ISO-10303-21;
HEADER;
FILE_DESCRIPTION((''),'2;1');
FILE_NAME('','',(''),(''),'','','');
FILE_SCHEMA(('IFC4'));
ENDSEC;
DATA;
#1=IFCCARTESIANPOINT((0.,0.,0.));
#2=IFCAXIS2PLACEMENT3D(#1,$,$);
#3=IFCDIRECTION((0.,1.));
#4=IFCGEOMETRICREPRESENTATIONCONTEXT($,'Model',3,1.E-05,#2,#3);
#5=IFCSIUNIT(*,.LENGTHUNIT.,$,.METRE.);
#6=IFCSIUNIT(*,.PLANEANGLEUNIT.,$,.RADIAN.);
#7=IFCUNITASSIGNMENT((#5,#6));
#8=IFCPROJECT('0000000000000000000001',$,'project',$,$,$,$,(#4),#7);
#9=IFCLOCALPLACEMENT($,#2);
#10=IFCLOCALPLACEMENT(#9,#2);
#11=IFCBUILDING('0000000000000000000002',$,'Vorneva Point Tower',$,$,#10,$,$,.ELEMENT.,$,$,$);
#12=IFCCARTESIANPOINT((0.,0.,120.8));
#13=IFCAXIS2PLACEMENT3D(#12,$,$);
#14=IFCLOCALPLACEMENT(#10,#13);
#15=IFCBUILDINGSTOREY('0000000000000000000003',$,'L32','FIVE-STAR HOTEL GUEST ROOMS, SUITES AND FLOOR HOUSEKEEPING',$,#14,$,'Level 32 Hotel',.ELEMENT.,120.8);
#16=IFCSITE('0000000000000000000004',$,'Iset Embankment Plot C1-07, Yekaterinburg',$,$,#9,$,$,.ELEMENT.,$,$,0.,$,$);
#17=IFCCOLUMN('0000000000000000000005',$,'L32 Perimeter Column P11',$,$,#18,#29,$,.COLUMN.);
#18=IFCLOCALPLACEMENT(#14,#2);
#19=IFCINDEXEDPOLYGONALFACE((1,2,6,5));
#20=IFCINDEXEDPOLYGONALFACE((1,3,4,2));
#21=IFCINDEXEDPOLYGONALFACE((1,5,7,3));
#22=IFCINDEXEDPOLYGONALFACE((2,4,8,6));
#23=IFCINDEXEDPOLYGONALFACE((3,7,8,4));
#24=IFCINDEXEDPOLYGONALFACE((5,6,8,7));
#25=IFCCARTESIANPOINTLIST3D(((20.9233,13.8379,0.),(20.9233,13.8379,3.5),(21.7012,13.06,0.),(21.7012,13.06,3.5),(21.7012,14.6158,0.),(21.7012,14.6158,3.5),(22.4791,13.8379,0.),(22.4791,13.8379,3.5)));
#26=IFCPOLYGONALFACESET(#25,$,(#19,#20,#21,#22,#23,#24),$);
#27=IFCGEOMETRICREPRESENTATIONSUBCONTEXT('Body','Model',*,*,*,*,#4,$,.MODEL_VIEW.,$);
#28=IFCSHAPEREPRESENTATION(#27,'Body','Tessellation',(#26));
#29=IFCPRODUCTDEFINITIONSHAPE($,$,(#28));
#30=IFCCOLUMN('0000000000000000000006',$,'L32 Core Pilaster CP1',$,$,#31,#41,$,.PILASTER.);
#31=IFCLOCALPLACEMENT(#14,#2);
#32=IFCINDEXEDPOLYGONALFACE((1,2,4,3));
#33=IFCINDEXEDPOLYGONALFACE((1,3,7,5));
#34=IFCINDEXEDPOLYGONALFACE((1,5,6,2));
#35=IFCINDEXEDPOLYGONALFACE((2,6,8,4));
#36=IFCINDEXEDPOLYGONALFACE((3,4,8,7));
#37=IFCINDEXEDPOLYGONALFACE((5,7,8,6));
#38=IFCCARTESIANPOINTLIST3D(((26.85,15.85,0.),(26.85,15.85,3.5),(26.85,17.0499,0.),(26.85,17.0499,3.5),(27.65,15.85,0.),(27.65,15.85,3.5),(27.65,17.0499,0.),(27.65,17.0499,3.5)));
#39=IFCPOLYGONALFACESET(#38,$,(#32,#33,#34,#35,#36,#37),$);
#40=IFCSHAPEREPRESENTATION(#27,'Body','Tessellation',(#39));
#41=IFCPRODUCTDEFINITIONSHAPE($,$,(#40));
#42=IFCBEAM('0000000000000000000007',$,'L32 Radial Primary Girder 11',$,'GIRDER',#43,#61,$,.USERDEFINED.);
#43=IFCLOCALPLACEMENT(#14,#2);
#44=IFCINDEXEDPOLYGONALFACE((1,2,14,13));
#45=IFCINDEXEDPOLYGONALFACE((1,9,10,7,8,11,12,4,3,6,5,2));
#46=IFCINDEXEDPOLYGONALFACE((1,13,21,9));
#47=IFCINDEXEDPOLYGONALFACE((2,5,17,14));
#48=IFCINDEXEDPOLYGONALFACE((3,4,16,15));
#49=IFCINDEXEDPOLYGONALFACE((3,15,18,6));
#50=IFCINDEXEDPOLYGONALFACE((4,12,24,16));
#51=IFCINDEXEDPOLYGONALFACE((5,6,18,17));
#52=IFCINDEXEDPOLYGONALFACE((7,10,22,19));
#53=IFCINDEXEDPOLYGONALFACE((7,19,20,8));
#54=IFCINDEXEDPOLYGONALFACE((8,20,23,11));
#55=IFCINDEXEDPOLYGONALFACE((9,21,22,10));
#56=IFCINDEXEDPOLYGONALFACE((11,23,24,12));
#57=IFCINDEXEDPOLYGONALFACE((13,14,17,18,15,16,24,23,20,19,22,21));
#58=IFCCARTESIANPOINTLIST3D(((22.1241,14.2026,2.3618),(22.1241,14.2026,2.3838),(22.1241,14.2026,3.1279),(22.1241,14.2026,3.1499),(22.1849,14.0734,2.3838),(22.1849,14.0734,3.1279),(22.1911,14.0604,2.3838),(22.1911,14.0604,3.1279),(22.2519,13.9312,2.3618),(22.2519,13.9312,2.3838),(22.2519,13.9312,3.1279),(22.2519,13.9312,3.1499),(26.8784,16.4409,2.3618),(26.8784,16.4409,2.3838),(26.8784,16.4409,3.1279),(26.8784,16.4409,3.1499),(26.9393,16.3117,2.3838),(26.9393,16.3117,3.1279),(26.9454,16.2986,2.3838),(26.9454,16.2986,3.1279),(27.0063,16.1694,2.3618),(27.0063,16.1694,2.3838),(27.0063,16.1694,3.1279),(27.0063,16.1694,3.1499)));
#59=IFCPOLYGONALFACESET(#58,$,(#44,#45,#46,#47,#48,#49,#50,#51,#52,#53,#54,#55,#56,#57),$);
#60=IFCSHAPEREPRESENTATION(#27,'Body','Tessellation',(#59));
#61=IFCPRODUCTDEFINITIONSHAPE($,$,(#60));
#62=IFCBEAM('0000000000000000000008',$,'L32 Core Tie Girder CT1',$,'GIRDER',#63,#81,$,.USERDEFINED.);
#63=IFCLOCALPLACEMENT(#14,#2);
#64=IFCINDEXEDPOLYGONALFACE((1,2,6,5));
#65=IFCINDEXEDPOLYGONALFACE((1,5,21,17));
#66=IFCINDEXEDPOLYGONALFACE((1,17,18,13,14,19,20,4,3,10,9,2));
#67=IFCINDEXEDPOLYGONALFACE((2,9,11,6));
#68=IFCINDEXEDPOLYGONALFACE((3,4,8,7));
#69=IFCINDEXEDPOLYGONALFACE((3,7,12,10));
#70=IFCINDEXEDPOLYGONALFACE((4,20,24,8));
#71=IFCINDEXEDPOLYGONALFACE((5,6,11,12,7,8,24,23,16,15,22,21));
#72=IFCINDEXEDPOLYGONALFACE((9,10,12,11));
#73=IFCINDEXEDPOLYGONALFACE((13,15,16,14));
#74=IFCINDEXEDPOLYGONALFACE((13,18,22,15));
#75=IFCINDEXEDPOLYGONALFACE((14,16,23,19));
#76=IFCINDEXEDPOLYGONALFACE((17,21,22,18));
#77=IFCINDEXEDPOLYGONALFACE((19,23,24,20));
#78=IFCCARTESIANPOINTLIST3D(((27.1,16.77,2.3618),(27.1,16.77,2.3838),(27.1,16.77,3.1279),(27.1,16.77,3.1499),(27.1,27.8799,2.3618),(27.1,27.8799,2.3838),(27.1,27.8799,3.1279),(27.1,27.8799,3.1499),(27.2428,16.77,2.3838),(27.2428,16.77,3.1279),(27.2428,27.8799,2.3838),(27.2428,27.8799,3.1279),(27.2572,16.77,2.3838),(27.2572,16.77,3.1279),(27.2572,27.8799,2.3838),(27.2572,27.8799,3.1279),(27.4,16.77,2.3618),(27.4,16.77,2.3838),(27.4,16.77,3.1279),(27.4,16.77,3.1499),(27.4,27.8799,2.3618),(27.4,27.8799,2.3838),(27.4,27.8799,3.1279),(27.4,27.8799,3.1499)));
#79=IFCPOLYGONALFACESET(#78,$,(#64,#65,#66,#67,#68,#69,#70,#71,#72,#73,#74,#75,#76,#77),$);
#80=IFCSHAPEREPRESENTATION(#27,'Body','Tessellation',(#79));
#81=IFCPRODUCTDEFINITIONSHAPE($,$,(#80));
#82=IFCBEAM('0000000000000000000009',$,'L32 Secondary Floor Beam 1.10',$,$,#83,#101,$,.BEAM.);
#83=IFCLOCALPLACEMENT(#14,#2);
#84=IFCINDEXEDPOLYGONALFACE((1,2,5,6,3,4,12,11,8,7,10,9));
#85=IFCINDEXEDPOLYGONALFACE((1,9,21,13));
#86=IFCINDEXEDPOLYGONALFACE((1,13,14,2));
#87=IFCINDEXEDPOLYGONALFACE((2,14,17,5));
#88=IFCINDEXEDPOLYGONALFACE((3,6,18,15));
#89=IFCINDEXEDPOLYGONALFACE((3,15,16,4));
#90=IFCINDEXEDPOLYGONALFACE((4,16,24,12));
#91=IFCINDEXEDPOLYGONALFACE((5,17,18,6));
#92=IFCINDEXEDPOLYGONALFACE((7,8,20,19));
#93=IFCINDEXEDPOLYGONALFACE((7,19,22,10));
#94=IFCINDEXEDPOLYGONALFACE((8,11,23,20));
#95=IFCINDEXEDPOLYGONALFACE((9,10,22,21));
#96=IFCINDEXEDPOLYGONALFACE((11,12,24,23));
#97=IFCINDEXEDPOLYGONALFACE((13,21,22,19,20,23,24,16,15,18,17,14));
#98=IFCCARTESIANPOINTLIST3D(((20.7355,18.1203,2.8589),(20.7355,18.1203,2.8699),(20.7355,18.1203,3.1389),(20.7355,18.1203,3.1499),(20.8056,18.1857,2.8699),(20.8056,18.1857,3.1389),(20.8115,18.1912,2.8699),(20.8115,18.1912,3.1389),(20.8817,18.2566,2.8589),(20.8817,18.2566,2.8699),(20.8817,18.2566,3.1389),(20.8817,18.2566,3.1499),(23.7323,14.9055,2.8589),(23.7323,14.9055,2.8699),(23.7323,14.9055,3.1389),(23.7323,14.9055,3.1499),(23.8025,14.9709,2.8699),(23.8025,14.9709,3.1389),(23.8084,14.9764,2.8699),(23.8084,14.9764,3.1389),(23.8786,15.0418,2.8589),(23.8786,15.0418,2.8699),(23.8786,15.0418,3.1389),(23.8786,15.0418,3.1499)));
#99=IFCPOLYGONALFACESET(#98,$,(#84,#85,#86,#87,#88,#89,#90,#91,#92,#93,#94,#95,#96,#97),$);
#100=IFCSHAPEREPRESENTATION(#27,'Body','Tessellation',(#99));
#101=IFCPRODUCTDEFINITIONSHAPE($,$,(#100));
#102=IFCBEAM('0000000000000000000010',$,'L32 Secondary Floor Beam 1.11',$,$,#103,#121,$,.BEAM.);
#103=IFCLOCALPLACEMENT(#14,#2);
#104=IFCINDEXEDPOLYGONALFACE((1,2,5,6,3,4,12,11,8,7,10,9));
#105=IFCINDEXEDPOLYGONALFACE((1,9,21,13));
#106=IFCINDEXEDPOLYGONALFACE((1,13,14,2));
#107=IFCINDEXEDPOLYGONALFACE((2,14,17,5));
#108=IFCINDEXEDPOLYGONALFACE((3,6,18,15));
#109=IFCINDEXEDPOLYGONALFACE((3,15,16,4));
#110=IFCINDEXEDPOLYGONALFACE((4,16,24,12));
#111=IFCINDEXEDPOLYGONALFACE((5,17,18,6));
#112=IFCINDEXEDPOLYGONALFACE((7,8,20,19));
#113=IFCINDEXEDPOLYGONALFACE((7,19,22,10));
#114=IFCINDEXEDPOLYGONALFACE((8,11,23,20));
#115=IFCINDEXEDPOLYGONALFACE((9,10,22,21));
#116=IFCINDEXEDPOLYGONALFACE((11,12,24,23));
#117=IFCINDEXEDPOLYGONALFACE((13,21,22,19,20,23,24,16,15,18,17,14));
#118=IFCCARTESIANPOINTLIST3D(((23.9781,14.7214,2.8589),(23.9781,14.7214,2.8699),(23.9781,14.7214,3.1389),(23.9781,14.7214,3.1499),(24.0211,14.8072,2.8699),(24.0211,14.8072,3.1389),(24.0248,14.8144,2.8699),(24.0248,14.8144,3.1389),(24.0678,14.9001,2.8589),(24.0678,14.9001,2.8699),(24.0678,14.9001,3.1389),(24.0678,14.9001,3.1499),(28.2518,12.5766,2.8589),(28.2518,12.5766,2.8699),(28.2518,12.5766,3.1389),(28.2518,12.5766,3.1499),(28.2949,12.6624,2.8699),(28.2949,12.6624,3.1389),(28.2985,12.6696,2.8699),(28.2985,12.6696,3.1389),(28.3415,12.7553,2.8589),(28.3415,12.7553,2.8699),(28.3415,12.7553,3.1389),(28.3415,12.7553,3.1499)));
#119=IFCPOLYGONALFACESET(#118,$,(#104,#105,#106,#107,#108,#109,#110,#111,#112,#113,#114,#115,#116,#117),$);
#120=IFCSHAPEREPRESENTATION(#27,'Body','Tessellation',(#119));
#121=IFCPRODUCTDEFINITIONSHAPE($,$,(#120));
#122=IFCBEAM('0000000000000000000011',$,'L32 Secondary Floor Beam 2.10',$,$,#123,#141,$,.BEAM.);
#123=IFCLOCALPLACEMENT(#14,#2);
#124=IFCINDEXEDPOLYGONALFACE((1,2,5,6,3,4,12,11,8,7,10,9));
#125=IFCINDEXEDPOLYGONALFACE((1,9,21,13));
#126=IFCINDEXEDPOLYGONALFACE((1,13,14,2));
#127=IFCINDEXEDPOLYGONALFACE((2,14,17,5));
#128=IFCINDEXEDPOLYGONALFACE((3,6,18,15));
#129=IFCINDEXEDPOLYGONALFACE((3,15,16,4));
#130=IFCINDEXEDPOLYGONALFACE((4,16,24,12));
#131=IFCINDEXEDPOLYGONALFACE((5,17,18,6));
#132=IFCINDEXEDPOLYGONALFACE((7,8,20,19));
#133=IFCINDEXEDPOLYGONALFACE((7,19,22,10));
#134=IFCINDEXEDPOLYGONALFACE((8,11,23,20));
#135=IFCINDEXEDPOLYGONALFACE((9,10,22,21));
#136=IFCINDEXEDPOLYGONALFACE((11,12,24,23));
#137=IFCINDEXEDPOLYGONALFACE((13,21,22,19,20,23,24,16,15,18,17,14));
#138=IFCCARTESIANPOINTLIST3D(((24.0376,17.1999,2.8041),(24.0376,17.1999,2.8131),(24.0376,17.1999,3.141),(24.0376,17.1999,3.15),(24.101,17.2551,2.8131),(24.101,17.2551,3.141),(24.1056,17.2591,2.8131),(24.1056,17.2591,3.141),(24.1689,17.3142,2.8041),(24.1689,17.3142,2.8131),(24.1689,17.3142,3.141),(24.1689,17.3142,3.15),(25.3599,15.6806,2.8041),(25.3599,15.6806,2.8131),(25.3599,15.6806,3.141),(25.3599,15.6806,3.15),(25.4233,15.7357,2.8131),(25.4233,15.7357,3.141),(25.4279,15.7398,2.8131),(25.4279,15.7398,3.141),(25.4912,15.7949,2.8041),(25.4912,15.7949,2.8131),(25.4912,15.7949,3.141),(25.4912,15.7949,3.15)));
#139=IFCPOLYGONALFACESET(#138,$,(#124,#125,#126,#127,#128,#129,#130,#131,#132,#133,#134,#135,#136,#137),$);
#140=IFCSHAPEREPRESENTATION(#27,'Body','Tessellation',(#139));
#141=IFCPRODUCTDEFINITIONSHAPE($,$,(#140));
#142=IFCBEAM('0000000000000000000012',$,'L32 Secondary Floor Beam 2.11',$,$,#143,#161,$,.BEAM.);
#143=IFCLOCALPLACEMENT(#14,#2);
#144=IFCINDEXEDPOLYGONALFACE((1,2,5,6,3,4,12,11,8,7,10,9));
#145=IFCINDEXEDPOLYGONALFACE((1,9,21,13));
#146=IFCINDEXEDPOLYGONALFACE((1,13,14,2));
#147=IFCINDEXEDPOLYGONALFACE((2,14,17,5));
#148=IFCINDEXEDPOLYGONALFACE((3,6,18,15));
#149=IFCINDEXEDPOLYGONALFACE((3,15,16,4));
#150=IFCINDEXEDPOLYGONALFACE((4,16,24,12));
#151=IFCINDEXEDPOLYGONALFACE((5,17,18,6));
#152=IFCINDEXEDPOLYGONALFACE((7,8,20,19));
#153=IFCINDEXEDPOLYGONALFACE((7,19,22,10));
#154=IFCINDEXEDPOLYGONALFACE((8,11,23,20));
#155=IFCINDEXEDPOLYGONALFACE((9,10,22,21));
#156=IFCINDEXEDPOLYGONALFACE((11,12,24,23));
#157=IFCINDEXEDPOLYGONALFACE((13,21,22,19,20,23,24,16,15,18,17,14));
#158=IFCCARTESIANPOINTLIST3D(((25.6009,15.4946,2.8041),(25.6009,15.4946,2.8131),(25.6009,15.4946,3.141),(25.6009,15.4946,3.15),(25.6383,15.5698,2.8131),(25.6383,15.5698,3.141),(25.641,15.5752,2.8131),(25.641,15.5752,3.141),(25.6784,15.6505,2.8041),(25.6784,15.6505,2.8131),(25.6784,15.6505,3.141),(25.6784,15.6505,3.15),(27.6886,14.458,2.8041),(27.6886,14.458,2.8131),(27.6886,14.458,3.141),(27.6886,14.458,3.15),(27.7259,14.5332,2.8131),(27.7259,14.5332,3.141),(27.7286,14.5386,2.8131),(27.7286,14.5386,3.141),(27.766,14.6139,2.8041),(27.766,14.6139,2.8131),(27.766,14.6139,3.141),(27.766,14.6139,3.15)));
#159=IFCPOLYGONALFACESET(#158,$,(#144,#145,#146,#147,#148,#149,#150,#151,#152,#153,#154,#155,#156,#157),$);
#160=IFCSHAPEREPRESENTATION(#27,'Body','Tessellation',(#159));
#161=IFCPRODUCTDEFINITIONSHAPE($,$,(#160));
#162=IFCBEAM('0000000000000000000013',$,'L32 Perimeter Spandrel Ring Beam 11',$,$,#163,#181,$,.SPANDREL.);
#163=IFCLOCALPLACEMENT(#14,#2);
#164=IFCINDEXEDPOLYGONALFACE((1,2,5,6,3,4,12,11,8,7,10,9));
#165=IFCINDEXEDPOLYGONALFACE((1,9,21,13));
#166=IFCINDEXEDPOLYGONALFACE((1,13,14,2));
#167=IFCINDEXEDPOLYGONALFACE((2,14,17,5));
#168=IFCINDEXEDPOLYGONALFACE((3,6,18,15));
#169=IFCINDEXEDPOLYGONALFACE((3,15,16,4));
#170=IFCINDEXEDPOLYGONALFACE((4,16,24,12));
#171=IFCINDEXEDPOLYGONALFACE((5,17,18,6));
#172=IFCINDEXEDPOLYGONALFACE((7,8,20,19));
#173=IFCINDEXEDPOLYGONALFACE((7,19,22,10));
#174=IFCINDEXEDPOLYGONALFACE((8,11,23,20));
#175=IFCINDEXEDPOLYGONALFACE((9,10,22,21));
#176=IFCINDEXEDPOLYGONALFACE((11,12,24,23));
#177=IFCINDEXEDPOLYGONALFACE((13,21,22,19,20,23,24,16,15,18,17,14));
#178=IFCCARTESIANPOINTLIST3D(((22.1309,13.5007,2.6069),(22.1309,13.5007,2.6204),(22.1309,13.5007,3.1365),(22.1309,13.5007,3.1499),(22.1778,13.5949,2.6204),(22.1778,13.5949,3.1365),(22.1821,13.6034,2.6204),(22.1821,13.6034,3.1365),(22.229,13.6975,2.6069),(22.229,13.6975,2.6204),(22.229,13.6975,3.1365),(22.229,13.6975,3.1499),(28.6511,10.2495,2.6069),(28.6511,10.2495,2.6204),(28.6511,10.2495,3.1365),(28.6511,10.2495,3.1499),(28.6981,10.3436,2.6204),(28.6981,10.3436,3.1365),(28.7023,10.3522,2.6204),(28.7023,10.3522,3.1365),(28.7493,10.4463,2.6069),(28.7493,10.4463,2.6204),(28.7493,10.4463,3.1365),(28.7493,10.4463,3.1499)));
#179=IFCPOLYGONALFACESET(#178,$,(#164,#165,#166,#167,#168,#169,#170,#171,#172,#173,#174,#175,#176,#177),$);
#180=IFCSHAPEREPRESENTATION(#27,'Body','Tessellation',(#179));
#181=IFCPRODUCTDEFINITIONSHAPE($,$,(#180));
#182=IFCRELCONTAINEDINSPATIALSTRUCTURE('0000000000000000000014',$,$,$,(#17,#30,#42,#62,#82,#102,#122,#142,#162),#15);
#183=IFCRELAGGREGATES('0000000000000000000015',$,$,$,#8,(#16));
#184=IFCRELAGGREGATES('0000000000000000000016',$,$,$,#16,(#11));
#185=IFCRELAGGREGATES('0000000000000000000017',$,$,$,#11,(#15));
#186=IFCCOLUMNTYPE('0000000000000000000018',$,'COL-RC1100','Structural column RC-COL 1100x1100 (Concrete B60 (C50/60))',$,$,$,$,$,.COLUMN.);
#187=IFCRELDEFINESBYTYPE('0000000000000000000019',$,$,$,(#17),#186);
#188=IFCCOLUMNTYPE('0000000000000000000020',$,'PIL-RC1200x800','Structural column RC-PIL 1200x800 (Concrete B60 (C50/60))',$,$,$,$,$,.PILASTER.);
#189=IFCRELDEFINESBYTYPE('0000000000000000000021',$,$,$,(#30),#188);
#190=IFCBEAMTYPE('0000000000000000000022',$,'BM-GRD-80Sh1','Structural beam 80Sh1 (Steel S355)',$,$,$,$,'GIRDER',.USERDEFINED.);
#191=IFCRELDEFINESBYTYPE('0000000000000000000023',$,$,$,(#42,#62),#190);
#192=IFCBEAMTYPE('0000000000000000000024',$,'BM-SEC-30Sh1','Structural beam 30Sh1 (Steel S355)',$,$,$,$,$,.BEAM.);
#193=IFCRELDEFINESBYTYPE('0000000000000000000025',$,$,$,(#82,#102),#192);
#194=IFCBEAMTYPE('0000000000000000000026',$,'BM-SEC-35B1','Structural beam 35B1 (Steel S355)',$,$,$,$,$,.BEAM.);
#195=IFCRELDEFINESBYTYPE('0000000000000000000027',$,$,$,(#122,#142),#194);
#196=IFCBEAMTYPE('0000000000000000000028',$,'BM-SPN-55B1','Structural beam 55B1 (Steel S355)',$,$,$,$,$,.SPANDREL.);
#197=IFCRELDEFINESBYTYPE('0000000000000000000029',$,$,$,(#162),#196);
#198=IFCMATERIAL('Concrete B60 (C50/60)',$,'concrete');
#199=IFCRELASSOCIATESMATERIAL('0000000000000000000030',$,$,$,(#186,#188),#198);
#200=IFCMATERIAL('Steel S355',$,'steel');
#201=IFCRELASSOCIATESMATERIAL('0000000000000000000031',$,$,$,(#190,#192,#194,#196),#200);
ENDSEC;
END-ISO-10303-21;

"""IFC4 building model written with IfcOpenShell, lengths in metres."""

from ifc_helpers import new_model, si_unit, direction, frame, origin, origin_2d, place, context, subcontext, project, spatial, rectangle, i_section, extrude, material, material_profile, profile_set, type_object, element, save


model = new_model("IFC4")

# Units and contexts
model_context = context("Model", 3, precision=1e-05, world=origin(), true_north=direction((0.0, 1.0)))
body_context = subcontext(model_context, "Body", "Model", "MODEL_VIEW")
ifc_project = project(units=[si_unit("LENGTHUNIT", "METRE"), si_unit("PLANEANGLEUNIT", "RADIAN")], contexts=[model_context])

# Site, building, storey
site_placement = place(None, origin())
site = spatial("IfcSite", under=ifc_project, at=site_placement, Name="Iset Embankment Plot C1-07, Yekaterinburg", CompositionType="ELEMENT", RefElevation=0.0)
building_placement = place(site_placement, origin())
building = spatial("IfcBuilding", under=site, at=building_placement, Name="Vorneva Point Tower", CompositionType="ELEMENT")
storey_placement = place(building_placement, frame((0.0, 0.0, 120.8)))
storey = spatial("IfcBuildingStorey", under=building, at=storey_placement, Name="L32", Description="FIVE-STAR HOTEL GUEST ROOMS, SUITES AND FLOOR HOUSEKEEPING", LongName="Level 32 Hotel", CompositionType="ELEMENT", Elevation=120.8)

# Columns
ifc_material_1 = material(Name="Concrete B60 (C50/60)", Category="concrete")
ifc_material_profile_1 = material_profile(ifc_material_1, rectangle(XDim=1.1001, YDim=1.1001, at=origin_2d()), Name="RC-COL 1100x1100")
ifc_profile_set_1 = profile_set([ifc_material_profile_1], Name="Concrete B60 (C50/60)")
column_type_1 = type_object("IfcColumnType", Name="COL-RC1100", Description="Structural column RC-COL 1100x1100 (Concrete B60 (C50/60))", PredefinedType="COLUMN", material=ifc_profile_set_1)
column_1_placement = place(storey_placement, frame((21.7012, 13.8379, 0.0), z_axis=(0.0, 0.0, 1.0), x_axis=(-0.707107, -0.707107, 0.0)))
element("IfcColumn", 1, at=column_1_placement, inside=storey, type_object=column_type_1, Name="L32 Perimeter Column P11", PredefinedType="COLUMN", context=body_context, shape_type="SweptSolid", body=[
    extrude(rectangle(XDim=1.1001, YDim=1.1001, at=origin_2d()), origin(), (0.0, 0.0, 1.0), 3.5),
])
ifc_material_profile_2 = material_profile(ifc_material_1, rectangle(XDim=0.8, YDim=1.2, at=origin_2d()), Name="RC-PIL 1200x800")
ifc_profile_set_2 = profile_set([ifc_material_profile_2], Name="Concrete B60 (C50/60)")
column_type_2 = type_object("IfcColumnType", Name="PIL-RC1200x800", Description="Structural column RC-PIL 1200x800 (Concrete B60 (C50/60))", PredefinedType="PILASTER", material=ifc_profile_set_2)
column_2_placement = place(storey_placement, frame((27.25, 16.45, 0.0), z_axis=(0.0, 0.0, 1.0), x_axis=(1.0, 0.0, 0.0)))
element("IfcColumn", 2, at=column_2_placement, inside=storey, type_object=column_type_2, Name="L32 Core Pilaster CP1", PredefinedType="PILASTER", context=body_context, shape_type="SweptSolid", body=[
    extrude(rectangle(XDim=0.8, YDim=1.2, at=origin_2d()), origin(), (0.0, 0.0, 1.0), 3.5),
])

# Beams
ifc_material_2 = material(Name="Steel S355", Category="steel")
ifc_material_profile_3 = material_profile(ifc_material_2, i_section(OverallWidth=0.3, OverallDepth=0.7881, WebThickness=0.0144, FlangeThickness=0.022, at=origin_2d()), Name="80Sh1")
ifc_profile_set_3 = profile_set([ifc_material_profile_3], Name="Steel S355")
beam_type_1 = type_object("IfcBeamType", Name="BM-GRD-80Sh1", Description="Structural beam 80Sh1 (Steel S355)", ElementType="GIRDER", PredefinedType="USERDEFINED", material=ifc_profile_set_3)
beam_1_placement = place(storey_placement, frame((22.188, 14.0669, 2.7559), z_axis=(0.904751, 0.42594, 0.0), x_axis=(-0.42594, 0.904751, 0.0)))
element("IfcBeam", 3, at=beam_1_placement, inside=storey, type_object=beam_type_1, Name="L32 Radial Primary Girder 11", ObjectType="GIRDER", PredefinedType="USERDEFINED", context=body_context, shape_type="SweptSolid", body=[
    extrude(i_section(OverallWidth=0.3, OverallDepth=0.7881, WebThickness=0.0144, FlangeThickness=0.022, at=origin_2d()), origin(), (0.0, 0.0, 1.0), 5.2549),
])
beam_2_placement = place(storey_placement, frame((27.25, 16.77, 2.7559), z_axis=(0.0, 1.0, 0.0), x_axis=(-1.0, 0.0, 0.0)))
element("IfcBeam", 4, at=beam_2_placement, inside=storey, type_object=beam_type_1, Name="L32 Core Tie Girder CT1", ObjectType="GIRDER", PredefinedType="USERDEFINED", context=body_context, shape_type="SweptSolid", body=[
    extrude(i_section(OverallWidth=0.3, OverallDepth=0.7881, WebThickness=0.0144, FlangeThickness=0.022, at=origin_2d()), origin(), (0.0, 0.0, 1.0), 11.1099),
])
ifc_material_profile_4 = material_profile(ifc_material_2, i_section(OverallWidth=0.2, OverallDepth=0.291, WebThickness=0.0081, FlangeThickness=0.011, at=origin_2d()), Name="30Sh1")
ifc_profile_set_4 = profile_set([ifc_material_profile_4], Name="Steel S355")
beam_type_2 = type_object("IfcBeamType", Name="BM-SEC-30Sh1", Description="Structural beam 30Sh1 (Steel S355)", PredefinedType="BEAM", material=ifc_profile_set_4)
beam_3_placement = place(storey_placement, frame((20.8086, 18.1885, 3.0044), z_axis=(0.681869, -0.731474, 0.0), x_axis=(0.731474, 0.681869, 0.0)))
element("IfcBeam", 5, at=beam_3_placement, inside=storey, type_object=beam_type_2, Name="L32 Secondary Floor Beam 1.10", PredefinedType="BEAM", context=body_context, shape_type="SweptSolid", body=[
    extrude(i_section(OverallWidth=0.2, OverallDepth=0.291, WebThickness=0.0081, FlangeThickness=0.011, at=origin_2d()), origin(), (0.0, 0.0, 1.0), 4.395),
])
beam_4_placement = place(storey_placement, frame((24.0229, 14.8108, 3.0044), z_axis=(0.893762, -0.448541, 0.0), x_axis=(0.448541, 0.893762, 0.0)))
element("IfcBeam", 6, at=beam_4_placement, inside=storey, type_object=beam_type_2, Name="L32 Secondary Floor Beam 1.11", PredefinedType="BEAM", context=body_context, shape_type="SweptSolid", body=[
    extrude(i_section(OverallWidth=0.2, OverallDepth=0.291, WebThickness=0.0081, FlangeThickness=0.011, at=origin_2d()), origin(), (0.0, 0.0, 1.0), 4.7817),
])
ifc_material_profile_5 = material_profile(ifc_material_2, i_section(OverallWidth=0.1741, OverallDepth=0.3459, WebThickness=0.0061, FlangeThickness=0.009, at=origin_2d()), Name="35B1")
ifc_profile_set_5 = profile_set([ifc_material_profile_5], Name="Steel S355")
beam_type_3 = type_object("IfcBeamType", Name="BM-SEC-35B1", Description="Structural beam 35B1 (Steel S355)", PredefinedType="BEAM", material=ifc_profile_set_5)
beam_5_placement = place(storey_placement, frame((24.1033, 17.2571, 2.9771), z_axis=(0.656503, -0.754324, 0.0), x_axis=(0.754324, 0.656503, 0.0)))
element("IfcBeam", 7, at=beam_5_placement, inside=storey, type_object=beam_type_3, Name="L32 Secondary Floor Beam 2.10", PredefinedType="BEAM", context=body_context, shape_type="SweptSolid", body=[
    extrude(i_section(OverallWidth=0.1741, OverallDepth=0.3459, WebThickness=0.0061, FlangeThickness=0.009, at=origin_2d()), origin(), (0.0, 0.0, 1.0), 2.0142),
])
beam_6_placement = place(storey_placement, frame((25.6396, 15.5725, 2.9771), z_axis=(0.89566, -0.44474, 0.0), x_axis=(0.44474, 0.89566, 0.0)))
element("IfcBeam", 8, at=beam_6_placement, inside=storey, type_object=beam_type_3, Name="L32 Secondary Floor Beam 2.11", PredefinedType="BEAM", context=body_context, shape_type="SweptSolid", body=[
    extrude(i_section(OverallWidth=0.1741, OverallDepth=0.3459, WebThickness=0.0061, FlangeThickness=0.009, at=origin_2d()), origin(), (0.0, 0.0, 1.0), 2.3308),
])
ifc_material_profile_6 = material_profile(ifc_material_2, i_section(OverallWidth=0.22, OverallDepth=0.543, WebThickness=0.0095, FlangeThickness=0.0134, at=origin_2d()), Name="55B1")
ifc_profile_set_6 = profile_set([ifc_material_profile_6], Name="Steel S355")
beam_type_4 = type_object("IfcBeamType", Name="BM-SPN-55B1", Description="Structural beam 55B1 (Steel S355)", PredefinedType="SPANDREL", material=ifc_profile_set_6)
beam_7_placement = place(storey_placement, frame((22.1799, 13.5991, 2.8784), z_axis=(0.894916, -0.446235, 0.0), x_axis=(0.446235, 0.894916, 0.0)))
element("IfcBeam", 9, at=beam_7_placement, inside=storey, type_object=beam_type_4, Name="L32 Perimeter Spandrel Ring Beam 11", PredefinedType="SPANDREL", context=body_context, shape_type="SweptSolid", body=[
    extrude(i_section(OverallWidth=0.22, OverallDepth=0.543, WebThickness=0.0095, FlangeThickness=0.0134, at=origin_2d()), origin(), (0.0, 0.0, 1.0), 7.2859),
])

save(model, "model.ifc")
